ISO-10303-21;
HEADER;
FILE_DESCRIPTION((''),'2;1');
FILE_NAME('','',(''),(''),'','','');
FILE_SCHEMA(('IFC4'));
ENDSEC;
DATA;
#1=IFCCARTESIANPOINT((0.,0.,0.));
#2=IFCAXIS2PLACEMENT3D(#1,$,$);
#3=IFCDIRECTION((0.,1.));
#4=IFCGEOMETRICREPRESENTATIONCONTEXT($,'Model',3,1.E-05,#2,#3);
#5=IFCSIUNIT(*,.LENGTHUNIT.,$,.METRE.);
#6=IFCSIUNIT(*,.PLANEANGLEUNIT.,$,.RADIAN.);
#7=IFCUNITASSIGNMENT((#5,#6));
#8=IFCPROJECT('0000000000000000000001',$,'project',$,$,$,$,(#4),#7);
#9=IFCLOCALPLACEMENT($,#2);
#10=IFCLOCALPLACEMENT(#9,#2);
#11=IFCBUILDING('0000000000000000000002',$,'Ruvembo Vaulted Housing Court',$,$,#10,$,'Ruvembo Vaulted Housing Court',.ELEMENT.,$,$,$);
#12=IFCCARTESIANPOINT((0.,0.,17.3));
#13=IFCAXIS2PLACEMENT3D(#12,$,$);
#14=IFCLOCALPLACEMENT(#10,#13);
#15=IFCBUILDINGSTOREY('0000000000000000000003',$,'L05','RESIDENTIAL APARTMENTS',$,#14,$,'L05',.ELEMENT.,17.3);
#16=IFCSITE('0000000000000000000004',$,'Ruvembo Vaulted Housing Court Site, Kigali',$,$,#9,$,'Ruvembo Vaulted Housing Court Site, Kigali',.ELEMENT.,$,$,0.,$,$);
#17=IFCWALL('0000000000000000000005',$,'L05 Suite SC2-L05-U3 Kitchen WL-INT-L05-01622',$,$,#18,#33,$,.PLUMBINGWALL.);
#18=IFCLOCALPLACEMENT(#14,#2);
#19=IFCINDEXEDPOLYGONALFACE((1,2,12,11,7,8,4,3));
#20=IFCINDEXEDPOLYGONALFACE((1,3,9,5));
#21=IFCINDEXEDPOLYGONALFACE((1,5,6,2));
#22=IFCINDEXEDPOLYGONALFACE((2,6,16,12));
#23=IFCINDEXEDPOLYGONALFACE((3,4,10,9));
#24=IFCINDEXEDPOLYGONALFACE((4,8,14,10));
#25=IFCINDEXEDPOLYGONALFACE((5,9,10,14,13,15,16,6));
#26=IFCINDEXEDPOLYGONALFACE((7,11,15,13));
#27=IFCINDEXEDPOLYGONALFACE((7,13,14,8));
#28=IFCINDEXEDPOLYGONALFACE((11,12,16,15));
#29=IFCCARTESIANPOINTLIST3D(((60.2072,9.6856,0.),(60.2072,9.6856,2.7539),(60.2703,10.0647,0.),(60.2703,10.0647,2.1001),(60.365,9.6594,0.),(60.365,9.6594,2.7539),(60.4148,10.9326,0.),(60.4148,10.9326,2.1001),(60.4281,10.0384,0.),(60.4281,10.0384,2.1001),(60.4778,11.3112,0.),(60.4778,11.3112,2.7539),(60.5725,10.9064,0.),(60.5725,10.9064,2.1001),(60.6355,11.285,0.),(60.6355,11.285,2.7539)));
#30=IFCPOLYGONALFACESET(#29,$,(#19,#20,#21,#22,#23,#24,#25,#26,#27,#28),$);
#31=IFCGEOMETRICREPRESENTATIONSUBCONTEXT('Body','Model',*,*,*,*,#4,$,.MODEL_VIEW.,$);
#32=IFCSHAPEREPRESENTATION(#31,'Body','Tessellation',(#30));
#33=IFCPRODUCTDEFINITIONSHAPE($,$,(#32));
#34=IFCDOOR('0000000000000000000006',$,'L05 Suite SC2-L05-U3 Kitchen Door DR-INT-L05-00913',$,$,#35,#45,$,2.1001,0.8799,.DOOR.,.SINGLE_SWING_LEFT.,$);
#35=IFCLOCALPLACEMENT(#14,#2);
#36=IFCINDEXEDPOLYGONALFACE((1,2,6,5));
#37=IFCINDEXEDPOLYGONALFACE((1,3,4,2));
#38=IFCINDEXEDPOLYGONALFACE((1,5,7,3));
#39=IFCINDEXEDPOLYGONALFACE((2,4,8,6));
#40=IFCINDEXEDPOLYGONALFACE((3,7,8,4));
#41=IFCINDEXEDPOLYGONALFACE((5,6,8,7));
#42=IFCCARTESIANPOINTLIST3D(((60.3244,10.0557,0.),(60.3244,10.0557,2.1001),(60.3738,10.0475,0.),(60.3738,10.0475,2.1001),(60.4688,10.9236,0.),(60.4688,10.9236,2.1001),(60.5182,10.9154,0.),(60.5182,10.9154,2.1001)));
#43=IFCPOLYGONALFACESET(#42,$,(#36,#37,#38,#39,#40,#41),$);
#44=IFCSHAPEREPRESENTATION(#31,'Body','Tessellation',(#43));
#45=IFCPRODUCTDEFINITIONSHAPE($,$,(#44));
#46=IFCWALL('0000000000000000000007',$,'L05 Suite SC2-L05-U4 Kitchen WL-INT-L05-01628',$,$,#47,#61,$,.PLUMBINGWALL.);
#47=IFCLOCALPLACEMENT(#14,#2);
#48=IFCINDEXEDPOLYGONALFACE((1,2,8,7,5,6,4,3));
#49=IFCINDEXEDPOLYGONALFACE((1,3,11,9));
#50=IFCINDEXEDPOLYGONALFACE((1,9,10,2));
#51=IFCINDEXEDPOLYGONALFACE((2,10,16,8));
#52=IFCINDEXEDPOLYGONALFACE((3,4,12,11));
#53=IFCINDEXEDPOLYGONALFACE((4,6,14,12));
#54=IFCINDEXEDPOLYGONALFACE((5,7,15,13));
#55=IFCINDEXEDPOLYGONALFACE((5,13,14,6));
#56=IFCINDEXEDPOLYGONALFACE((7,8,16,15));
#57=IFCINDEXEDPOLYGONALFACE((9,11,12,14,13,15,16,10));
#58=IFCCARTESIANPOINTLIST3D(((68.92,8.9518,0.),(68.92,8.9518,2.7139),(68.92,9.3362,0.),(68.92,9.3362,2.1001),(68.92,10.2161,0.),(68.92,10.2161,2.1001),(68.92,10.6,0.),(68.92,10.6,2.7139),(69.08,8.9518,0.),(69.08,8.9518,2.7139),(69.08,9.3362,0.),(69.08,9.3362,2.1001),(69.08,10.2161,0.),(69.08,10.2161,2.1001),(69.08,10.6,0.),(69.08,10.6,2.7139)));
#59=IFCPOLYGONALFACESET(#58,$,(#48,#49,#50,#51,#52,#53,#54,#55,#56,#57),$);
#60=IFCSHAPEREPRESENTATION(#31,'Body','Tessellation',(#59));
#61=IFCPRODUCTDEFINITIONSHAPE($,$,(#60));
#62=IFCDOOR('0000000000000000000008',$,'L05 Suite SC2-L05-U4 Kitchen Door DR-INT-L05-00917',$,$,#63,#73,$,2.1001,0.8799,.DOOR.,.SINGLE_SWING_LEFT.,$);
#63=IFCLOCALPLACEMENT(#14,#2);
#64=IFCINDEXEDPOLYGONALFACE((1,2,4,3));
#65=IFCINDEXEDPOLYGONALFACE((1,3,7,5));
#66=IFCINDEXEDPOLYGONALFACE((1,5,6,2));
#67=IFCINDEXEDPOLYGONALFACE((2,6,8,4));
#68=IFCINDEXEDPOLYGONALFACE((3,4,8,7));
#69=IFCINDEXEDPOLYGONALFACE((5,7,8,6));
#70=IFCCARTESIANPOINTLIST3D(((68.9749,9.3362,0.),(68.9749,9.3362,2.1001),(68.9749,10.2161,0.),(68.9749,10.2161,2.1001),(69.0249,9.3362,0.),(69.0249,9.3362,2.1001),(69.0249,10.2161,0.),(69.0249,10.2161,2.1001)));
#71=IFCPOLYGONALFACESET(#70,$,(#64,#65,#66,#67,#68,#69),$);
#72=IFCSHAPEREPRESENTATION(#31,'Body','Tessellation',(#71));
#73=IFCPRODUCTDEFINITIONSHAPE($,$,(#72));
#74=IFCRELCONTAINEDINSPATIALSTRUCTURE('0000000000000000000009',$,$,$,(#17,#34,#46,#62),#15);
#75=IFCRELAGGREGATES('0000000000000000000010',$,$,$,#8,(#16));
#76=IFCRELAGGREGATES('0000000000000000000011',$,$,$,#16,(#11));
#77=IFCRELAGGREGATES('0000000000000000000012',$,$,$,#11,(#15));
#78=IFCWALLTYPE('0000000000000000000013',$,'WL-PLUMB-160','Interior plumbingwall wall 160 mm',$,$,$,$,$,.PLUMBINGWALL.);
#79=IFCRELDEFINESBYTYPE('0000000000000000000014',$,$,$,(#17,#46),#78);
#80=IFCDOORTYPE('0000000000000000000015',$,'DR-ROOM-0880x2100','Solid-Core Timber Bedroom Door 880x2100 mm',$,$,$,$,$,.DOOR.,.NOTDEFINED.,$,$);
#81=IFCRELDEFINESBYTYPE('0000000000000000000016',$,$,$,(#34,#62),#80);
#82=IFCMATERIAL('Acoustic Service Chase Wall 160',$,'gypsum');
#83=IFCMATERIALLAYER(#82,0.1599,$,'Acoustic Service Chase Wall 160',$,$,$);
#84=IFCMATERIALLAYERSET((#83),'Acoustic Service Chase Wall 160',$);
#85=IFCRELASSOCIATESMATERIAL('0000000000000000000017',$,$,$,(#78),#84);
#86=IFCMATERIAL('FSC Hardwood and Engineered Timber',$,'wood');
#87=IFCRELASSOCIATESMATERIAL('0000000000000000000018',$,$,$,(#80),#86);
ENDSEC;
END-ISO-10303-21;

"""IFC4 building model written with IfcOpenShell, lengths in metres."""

from ifc_helpers import new_model, si_unit, direction, frame, frame_2d, origin, place, context, subcontext, project, spatial, rectangle, extrude, material, layer, layer_set, type_object, element, fill, save


model = new_model("IFC4")

# Units and contexts
model_context = context("Model", 3, precision=1e-05, world=origin(), true_north=direction((0.0, 1.0)))
body_context = subcontext(model_context, "Body", "Model", "MODEL_VIEW")
ifc_project = project(units=[si_unit("LENGTHUNIT", "METRE"), si_unit("PLANEANGLEUNIT", "RADIAN")], contexts=[model_context])

# Site, building, storey
site_placement = place(None, origin())
site = spatial("IfcSite", under=ifc_project, at=site_placement, Name="Ruvembo Vaulted Housing Court Site, Kigali", LongName="Ruvembo Vaulted Housing Court Site, Kigali", CompositionType="ELEMENT", RefElevation=0.0)
building_placement = place(site_placement, origin())
building = spatial("IfcBuilding", under=site, at=building_placement, Name="Ruvembo Vaulted Housing Court", LongName="Ruvembo Vaulted Housing Court", CompositionType="ELEMENT")
storey_placement = place(building_placement, frame((0.0, 0.0, 17.3)))
storey = spatial("IfcBuildingStorey", under=building, at=storey_placement, Name="L05", Description="RESIDENTIAL APARTMENTS", LongName="L05", CompositionType="ELEMENT", Elevation=17.3)

# Walls, openings, doors
ifc_material_1 = material(Name="FSC Hardwood and Engineered Timber", Category="wood")
ifc_material_2 = material(Name="Acoustic Service Chase Wall 160", Category="gypsum")
ifc_layer_1 = layer(ifc_material_2, 0.1599, Name="Acoustic Service Chase Wall 160")
ifc_layer_set_1 = layer_set([ifc_layer_1], Name="Acoustic Service Chase Wall 160")
wall_type_1 = type_object("IfcWallType", Name="WL-PLUMB-160", Description="Interior plumbingwall wall 160 mm", PredefinedType="PLUMBINGWALL", material=ifc_layer_set_1)
wall_1_placement = place(storey_placement, frame((60.5566, 11.2981, 0.0), z_axis=(0.0, 0.0, 1.0), x_axis=(-0.164159, -0.986434, 0.0)))
wall_1 = element("IfcWall", 1, at=wall_1_placement, inside=storey, type_object=wall_type_1, Name="L05 Suite SC2-L05-U3 Kitchen WL-INT-L05-01622", PredefinedType="PLUMBINGWALL", context=body_context, shape_type="SweptSolid", body=[
    extrude(rectangle(XDim=1.6479, YDim=0.1599, at=frame_2d((0.824, 0.0))), origin(), (0.0, 0.0, 1.0), 2.7539),
])
opening_1_placement = place(wall_1_placement, frame((0.3838, 0.0, 0.0)))
opening_1 = element("IfcOpeningElement", 2, at=opening_1_placement, cuts=wall_1, PredefinedType="OPENING", context=body_context, shape_type="SweptSolid", body=[
    extrude(rectangle(XDim=0.8799, YDim=2.1001, at=frame_2d((0.4399, 1.05))), frame((0.0, 0.0898, 0.0), z_axis=(0.0, -1.0, 0.0), x_axis=(1.0, 0.0, 0.0)), (0.0, 0.0, 1.0), 0.1799),
])
door_type_1 = type_object("IfcDoorType", Name="DR-ROOM-0880x2100", Description="Solid-Core Timber Bedroom Door 880x2100 mm", OperationType="NOTDEFINED", PredefinedType="DOOR", material=ifc_material_1)
door_1_placement = place(opening_1_placement, origin())
door_1 = element("IfcDoor", 3, at=door_1_placement, inside=storey, type_object=door_type_1, Name="L05 Suite SC2-L05-U3 Kitchen Door DR-INT-L05-00913", OperationType="SINGLE_SWING_LEFT", OverallHeight=2.1001, OverallWidth=0.8799, PredefinedType="DOOR", context=body_context, shape_type="SweptSolid", body=[
    extrude(rectangle(XDim=0.8799, YDim=2.1001, at=frame_2d((0.4399, 1.05))), frame((0.0, 0.0249, 0.0), z_axis=(0.0, -1.0, 0.0), x_axis=(1.0, 0.0, 0.0)), (0.0, 0.0, 1.0), 0.05),
])
fill(opening_1, door_1)
wall_2_placement = place(storey_placement, frame((69.0, 10.6001, 0.0), z_axis=(0.0, 0.0, 1.0), x_axis=(0.0, -1.0, 0.0)))
wall_2 = element("IfcWall", 4, at=wall_2_placement, inside=storey, type_object=wall_type_1, Name="L05 Suite SC2-L05-U4 Kitchen WL-INT-L05-01628", PredefinedType="PLUMBINGWALL", context=body_context, shape_type="SweptSolid", body=[
    extrude(rectangle(XDim=1.6482, YDim=0.1599, at=frame_2d((0.8242, 0.0))), origin(), (0.0, 0.0, 1.0), 2.7139),
])
opening_2_placement = place(wall_2_placement, frame((0.384, 0.0, 0.0)))
opening_2 = element("IfcOpeningElement", 5, at=opening_2_placement, cuts=wall_2, PredefinedType="OPENING", context=body_context, shape_type="SweptSolid", body=[
    extrude(rectangle(XDim=0.8799, YDim=2.1001, at=frame_2d((0.4399, 1.05))), frame((0.0, 0.0898, 0.0), z_axis=(0.0, -1.0, 0.0), x_axis=(1.0, 0.0, 0.0)), (0.0, 0.0, 1.0), 0.1799),
])
door_2_placement = place(opening_2_placement, origin())
door_2 = element("IfcDoor", 6, at=door_2_placement, inside=storey, type_object=door_type_1, Name="L05 Suite SC2-L05-U4 Kitchen Door DR-INT-L05-00917", OperationType="SINGLE_SWING_LEFT", OverallHeight=2.1001, OverallWidth=0.8799, PredefinedType="DOOR", context=body_context, shape_type="SweptSolid", body=[
    extrude(rectangle(XDim=0.8799, YDim=2.1001, at=frame_2d((0.4399, 1.05))), frame((0.0, 0.0249, 0.0), z_axis=(0.0, -1.0, 0.0), x_axis=(1.0, 0.0, 0.0)), (0.0, 0.0, 1.0), 0.05),
])
fill(opening_2, door_2)

save(model, "model.ifc")
